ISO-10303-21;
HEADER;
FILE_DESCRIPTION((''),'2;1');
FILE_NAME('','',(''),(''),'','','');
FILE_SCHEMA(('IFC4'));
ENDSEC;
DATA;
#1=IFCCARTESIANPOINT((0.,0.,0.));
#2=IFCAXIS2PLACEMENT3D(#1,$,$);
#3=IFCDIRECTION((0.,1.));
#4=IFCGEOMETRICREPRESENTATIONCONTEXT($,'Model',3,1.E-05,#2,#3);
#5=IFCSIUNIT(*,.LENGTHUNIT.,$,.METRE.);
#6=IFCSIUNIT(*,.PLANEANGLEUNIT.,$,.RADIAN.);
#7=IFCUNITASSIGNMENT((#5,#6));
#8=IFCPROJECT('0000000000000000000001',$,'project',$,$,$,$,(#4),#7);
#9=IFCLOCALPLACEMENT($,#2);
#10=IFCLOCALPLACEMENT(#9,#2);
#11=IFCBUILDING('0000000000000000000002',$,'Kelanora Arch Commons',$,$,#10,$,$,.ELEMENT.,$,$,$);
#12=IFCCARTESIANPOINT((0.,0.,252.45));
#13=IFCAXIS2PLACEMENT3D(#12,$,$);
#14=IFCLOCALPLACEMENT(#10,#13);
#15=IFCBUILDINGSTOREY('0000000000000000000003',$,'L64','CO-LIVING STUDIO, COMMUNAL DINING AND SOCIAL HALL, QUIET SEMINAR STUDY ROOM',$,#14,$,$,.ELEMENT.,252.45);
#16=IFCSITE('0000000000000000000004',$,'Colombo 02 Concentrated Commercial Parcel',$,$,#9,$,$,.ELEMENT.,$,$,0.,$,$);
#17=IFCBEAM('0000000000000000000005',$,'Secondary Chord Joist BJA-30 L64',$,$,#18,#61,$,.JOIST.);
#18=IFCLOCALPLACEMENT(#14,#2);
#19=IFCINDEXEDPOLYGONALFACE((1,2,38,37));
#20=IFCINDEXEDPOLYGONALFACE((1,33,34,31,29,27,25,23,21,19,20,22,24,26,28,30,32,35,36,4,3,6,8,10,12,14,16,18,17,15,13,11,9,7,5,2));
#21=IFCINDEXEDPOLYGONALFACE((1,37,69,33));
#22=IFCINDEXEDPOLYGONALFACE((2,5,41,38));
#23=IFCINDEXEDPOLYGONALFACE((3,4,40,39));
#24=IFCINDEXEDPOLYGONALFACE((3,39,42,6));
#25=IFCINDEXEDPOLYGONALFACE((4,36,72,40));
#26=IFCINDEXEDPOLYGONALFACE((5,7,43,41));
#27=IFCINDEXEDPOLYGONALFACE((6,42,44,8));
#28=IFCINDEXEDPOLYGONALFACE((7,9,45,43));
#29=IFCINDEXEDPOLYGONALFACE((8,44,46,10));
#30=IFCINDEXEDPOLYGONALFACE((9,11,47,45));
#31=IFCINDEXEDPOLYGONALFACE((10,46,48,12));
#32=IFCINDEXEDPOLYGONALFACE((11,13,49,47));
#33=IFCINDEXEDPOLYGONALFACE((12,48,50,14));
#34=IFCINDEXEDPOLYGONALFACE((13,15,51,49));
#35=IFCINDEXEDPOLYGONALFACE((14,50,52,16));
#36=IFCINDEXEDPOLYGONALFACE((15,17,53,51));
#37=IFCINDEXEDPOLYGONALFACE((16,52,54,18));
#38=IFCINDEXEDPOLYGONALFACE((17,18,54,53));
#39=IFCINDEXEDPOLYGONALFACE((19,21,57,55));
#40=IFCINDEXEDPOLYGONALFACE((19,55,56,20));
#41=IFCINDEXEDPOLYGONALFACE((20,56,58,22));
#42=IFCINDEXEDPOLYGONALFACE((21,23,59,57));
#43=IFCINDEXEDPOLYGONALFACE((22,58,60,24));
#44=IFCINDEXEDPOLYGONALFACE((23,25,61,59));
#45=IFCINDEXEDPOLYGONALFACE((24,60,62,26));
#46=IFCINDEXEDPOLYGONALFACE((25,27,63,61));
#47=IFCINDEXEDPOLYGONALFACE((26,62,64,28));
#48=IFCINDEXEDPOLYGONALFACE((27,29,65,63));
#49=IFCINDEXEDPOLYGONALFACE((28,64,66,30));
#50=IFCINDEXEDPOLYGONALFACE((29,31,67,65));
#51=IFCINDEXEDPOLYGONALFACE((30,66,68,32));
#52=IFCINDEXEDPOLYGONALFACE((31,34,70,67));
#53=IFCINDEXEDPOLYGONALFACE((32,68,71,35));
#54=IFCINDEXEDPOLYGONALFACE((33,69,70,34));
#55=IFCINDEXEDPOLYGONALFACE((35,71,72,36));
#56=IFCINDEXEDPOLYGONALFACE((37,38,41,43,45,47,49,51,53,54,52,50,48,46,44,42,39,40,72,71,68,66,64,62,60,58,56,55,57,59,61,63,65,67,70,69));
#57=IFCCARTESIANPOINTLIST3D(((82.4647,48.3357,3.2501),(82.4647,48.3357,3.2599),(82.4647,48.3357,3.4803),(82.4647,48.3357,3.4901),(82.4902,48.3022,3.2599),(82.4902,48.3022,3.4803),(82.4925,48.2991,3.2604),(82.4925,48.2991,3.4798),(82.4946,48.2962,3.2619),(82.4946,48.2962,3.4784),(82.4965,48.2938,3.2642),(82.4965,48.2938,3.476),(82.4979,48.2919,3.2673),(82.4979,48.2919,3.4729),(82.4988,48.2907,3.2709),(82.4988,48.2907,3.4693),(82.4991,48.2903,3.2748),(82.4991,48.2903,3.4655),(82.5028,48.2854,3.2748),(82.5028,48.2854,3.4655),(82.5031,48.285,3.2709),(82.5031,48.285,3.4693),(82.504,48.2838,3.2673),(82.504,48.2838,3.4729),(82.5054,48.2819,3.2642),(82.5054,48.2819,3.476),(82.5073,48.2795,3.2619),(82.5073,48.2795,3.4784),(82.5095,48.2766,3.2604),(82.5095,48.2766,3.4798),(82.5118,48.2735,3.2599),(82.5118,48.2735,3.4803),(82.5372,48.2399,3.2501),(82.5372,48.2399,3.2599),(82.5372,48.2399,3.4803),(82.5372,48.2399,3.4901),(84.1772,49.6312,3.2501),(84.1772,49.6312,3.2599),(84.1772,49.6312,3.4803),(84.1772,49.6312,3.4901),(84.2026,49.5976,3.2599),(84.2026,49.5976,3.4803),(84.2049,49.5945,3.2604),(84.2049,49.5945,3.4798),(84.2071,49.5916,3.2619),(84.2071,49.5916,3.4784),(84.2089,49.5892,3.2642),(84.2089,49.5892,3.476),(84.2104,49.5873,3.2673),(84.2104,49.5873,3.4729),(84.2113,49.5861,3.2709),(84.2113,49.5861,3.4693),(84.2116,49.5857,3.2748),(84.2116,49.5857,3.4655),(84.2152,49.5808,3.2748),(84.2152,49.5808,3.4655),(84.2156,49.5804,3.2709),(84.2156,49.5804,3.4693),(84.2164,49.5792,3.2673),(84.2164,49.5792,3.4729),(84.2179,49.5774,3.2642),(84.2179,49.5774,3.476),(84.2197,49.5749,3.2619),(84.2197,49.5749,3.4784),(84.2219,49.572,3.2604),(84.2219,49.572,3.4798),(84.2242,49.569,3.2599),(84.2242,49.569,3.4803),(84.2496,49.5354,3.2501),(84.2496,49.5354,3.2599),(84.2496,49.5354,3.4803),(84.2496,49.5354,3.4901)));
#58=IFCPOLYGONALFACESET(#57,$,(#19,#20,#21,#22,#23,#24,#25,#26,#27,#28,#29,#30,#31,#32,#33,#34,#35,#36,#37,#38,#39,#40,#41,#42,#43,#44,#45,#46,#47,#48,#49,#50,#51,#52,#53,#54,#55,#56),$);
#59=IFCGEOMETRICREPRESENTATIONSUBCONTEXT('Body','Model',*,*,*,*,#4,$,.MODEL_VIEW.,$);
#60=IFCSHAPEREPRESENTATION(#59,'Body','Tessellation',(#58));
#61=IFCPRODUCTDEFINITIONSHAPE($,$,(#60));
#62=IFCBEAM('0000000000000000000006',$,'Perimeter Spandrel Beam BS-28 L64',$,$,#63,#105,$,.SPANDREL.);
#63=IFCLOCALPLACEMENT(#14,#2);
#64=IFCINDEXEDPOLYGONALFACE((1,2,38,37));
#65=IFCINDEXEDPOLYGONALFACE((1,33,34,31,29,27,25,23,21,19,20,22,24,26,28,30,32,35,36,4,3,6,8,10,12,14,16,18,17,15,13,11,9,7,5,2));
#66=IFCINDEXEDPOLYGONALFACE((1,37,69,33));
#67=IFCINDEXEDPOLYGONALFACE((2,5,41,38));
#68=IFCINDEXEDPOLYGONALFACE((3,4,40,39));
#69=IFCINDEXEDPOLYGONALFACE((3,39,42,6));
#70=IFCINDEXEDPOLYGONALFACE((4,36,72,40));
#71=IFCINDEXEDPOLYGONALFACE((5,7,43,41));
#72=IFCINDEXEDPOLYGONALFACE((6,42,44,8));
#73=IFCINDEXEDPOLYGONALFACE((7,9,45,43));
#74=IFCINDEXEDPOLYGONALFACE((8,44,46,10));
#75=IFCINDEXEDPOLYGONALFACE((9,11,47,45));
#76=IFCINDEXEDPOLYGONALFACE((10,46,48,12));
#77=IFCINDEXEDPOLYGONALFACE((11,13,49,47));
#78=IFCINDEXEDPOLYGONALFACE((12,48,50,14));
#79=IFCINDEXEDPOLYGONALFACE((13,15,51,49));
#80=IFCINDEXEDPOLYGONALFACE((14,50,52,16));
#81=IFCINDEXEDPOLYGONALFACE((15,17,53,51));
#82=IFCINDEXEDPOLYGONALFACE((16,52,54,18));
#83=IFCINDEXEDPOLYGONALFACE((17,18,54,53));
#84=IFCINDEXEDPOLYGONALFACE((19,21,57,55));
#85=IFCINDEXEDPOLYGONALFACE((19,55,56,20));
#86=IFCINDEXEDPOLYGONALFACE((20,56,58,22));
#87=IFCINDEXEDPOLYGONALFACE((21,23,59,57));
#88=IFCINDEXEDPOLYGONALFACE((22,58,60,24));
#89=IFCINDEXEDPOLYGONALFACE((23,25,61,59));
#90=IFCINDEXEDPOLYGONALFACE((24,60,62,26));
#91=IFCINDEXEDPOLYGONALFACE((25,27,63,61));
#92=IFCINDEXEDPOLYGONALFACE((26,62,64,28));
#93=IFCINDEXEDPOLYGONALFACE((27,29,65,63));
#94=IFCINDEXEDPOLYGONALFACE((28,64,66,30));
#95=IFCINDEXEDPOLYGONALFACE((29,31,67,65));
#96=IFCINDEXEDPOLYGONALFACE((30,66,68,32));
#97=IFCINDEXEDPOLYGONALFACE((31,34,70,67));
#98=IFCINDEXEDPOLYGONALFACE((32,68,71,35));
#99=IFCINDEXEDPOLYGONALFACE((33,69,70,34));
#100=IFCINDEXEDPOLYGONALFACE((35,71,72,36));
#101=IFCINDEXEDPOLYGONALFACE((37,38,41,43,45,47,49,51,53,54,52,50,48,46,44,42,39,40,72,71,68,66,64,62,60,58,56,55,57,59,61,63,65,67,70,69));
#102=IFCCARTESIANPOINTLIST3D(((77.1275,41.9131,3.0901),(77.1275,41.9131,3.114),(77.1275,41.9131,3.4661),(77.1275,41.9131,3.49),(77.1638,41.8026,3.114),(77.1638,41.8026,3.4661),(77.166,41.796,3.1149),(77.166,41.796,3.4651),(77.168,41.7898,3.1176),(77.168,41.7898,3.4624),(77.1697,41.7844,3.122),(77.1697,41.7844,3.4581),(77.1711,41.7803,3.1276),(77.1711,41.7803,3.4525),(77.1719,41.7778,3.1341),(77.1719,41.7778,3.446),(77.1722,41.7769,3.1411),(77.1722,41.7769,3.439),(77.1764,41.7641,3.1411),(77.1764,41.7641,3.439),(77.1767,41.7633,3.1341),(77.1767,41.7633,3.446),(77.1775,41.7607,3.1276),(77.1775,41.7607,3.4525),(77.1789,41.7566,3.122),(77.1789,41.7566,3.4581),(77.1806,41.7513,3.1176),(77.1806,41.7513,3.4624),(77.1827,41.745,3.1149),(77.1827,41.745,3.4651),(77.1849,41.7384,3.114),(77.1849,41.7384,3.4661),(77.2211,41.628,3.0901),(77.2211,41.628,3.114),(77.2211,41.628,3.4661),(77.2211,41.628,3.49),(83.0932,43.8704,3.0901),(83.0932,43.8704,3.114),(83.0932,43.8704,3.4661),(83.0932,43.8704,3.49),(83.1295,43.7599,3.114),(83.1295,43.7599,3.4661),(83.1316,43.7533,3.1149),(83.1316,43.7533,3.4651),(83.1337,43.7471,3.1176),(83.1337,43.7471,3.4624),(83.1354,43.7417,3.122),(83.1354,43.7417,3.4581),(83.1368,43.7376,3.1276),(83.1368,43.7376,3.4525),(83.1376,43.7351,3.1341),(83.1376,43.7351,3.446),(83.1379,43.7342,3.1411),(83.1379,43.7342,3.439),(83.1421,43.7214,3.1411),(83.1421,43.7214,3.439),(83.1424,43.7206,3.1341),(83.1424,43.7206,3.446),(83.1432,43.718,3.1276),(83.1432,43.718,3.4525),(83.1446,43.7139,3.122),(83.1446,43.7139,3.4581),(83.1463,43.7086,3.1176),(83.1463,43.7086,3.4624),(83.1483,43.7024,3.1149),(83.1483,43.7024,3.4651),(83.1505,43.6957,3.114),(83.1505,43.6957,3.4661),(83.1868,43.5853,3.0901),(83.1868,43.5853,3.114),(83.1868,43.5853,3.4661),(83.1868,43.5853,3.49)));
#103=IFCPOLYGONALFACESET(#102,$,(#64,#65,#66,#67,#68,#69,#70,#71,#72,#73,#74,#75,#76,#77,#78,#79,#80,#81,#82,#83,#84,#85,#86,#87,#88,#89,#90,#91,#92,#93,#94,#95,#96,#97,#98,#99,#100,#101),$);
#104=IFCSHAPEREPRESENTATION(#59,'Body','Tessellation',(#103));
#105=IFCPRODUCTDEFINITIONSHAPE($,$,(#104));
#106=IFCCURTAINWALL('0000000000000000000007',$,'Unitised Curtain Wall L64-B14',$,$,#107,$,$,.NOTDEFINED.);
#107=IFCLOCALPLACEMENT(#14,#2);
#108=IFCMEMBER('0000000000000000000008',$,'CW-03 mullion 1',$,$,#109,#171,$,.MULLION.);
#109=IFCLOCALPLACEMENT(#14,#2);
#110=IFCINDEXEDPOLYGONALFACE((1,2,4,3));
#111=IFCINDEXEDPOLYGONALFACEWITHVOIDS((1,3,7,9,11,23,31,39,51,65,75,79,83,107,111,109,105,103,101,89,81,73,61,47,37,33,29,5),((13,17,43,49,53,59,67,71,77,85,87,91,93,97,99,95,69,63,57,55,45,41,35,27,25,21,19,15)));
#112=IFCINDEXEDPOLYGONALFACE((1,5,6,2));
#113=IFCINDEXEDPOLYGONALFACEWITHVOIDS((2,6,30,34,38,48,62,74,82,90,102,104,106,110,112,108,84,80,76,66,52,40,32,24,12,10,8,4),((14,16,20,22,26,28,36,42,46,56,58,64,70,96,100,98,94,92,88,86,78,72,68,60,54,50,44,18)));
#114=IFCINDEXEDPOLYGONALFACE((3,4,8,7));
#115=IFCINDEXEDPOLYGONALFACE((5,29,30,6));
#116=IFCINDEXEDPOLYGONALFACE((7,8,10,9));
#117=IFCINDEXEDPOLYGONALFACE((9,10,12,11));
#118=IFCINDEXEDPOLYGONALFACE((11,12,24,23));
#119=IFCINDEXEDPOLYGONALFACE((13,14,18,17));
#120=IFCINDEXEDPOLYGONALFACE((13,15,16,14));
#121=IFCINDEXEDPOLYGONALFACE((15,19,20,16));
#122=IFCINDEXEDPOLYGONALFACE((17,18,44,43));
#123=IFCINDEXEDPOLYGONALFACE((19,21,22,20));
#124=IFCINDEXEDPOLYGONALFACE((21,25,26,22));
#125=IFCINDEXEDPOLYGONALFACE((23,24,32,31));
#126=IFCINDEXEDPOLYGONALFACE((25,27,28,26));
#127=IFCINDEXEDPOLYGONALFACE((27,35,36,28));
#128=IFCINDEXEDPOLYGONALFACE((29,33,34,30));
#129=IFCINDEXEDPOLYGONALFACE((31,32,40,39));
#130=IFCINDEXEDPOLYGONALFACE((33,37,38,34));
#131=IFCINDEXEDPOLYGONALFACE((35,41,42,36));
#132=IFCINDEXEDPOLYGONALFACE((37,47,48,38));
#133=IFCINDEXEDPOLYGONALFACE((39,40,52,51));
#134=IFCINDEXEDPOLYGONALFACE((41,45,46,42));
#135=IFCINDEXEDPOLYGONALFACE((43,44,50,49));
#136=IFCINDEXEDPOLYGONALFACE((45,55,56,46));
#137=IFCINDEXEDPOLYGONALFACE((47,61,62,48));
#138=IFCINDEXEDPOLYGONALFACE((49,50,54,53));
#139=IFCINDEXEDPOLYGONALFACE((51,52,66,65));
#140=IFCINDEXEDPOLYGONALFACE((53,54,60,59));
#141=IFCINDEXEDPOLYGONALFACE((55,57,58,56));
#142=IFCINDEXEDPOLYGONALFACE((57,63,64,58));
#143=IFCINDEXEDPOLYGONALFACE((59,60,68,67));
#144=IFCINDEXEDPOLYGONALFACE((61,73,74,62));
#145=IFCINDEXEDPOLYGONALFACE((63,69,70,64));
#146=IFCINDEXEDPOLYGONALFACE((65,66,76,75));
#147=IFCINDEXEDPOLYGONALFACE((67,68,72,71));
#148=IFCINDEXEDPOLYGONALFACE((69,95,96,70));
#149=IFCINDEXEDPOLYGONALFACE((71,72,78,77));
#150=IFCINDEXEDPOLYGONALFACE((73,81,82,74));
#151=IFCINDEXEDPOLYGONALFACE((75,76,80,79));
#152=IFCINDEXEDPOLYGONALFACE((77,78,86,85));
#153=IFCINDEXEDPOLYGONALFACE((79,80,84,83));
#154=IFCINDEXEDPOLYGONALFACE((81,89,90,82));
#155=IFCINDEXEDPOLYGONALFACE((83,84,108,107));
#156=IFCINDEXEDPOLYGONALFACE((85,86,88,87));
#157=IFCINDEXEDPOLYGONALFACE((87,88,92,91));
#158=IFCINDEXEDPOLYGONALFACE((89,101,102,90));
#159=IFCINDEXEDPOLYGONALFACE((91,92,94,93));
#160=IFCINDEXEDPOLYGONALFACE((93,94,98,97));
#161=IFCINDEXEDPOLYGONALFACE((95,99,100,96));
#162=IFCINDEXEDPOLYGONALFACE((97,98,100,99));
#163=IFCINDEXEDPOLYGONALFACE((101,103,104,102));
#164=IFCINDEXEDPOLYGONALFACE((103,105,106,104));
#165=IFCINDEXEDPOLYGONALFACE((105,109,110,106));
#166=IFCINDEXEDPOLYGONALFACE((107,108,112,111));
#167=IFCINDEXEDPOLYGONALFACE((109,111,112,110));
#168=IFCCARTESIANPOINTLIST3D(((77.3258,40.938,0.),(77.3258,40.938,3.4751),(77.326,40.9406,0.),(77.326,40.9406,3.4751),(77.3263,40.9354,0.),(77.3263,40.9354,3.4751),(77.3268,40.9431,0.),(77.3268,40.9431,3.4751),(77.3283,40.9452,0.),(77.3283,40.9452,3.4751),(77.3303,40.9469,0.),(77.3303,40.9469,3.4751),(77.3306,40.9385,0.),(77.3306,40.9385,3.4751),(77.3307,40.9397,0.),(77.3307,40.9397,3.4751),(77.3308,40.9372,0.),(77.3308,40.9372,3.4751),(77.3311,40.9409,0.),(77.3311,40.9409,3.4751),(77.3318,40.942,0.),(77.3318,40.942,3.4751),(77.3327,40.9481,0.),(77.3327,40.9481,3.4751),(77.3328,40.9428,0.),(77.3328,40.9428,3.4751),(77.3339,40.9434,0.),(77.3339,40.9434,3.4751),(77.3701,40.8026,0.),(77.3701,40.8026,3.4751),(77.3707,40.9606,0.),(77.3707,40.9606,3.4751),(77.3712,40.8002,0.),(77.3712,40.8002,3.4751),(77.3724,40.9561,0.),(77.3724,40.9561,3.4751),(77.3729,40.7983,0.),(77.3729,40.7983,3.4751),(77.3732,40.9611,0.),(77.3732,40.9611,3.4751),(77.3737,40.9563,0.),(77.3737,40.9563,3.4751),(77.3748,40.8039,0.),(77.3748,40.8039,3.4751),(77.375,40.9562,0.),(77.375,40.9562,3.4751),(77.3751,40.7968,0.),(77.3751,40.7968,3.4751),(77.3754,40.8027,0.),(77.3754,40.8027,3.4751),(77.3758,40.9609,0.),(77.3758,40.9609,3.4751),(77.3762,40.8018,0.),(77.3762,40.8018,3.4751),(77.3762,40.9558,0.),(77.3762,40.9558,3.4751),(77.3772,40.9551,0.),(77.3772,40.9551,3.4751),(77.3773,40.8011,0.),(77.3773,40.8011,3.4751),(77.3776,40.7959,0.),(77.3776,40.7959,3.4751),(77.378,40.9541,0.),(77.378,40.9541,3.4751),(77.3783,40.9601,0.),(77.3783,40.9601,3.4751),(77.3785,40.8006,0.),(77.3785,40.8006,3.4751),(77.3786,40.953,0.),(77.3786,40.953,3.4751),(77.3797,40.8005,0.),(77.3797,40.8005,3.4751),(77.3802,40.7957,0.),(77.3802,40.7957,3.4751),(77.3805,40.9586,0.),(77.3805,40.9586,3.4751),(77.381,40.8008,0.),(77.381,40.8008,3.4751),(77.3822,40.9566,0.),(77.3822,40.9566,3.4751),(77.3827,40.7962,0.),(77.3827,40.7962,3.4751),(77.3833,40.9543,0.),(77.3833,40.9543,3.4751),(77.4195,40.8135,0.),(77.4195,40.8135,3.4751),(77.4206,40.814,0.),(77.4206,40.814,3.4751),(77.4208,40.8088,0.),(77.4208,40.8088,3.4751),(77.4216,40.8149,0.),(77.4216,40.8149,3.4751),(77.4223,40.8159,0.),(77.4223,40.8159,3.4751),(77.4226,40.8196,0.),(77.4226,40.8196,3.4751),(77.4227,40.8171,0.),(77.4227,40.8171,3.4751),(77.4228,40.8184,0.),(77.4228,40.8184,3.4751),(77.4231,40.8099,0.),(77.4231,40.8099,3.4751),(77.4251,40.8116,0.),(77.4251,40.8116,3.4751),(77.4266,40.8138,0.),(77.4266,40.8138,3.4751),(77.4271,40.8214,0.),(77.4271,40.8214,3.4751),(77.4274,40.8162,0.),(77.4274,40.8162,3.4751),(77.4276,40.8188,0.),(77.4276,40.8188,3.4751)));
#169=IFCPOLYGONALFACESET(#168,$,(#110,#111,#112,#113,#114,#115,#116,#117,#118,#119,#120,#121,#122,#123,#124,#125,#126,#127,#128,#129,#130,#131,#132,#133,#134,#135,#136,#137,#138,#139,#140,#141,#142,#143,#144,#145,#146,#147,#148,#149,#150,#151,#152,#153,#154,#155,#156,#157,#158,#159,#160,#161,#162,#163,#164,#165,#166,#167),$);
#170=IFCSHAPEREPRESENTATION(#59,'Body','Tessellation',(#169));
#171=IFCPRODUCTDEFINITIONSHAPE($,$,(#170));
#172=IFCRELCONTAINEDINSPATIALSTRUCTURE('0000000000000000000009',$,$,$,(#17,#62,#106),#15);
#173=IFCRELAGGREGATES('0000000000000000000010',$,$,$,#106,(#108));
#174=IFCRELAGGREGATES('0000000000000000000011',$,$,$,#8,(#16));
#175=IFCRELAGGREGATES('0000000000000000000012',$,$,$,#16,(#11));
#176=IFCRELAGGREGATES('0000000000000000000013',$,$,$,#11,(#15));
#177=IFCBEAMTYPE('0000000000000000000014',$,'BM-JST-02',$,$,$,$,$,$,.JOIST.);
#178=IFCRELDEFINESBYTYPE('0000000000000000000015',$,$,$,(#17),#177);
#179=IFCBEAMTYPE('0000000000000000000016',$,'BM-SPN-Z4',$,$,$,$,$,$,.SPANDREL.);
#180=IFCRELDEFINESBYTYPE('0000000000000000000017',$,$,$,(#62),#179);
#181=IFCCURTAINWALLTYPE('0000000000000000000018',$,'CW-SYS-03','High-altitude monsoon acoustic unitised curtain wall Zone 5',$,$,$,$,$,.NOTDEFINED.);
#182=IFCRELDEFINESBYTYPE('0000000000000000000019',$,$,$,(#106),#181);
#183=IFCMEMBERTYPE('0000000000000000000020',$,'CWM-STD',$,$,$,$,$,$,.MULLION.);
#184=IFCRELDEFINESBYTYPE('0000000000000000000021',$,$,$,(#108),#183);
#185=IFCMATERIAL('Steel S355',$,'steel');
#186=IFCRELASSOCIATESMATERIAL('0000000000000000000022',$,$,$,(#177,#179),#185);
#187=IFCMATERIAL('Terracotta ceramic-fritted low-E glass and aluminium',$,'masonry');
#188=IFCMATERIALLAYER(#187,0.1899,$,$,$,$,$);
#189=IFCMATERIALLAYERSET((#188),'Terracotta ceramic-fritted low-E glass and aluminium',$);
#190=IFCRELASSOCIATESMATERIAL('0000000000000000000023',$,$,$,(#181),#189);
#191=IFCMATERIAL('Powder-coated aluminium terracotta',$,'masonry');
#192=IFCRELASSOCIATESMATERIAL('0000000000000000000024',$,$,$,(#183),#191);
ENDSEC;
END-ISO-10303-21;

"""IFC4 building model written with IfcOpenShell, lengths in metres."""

from ifc_helpers import new_model, si_unit, direction, frame, origin, origin_2d, place, context, subcontext, project, spatial, hollow_rectangle, i_section, extrude, material, layer, layer_set, material_profile, profile_set, type_object, element, aggregate, save


model = new_model("IFC4")

# Units and contexts
model_context = context("Model", 3, precision=1e-05, world=origin(), true_north=direction((0.0, 1.0)))
body_context = subcontext(model_context, "Body", "Model", "MODEL_VIEW")
ifc_project = project(units=[si_unit("LENGTHUNIT", "METRE"), si_unit("PLANEANGLEUNIT", "RADIAN")], contexts=[model_context])

# Site, building, storey
site_placement = place(None, origin())
site = spatial("IfcSite", under=ifc_project, at=site_placement, Name="Colombo 02 Concentrated Commercial Parcel", CompositionType="ELEMENT", RefElevation=0.0)
building_placement = place(site_placement, origin())
building = spatial("IfcBuilding", under=site, at=building_placement, Name="Kelanora Arch Commons", CompositionType="ELEMENT")
storey_placement = place(building_placement, frame((0.0, 0.0, 252.45)))
storey = spatial("IfcBuildingStorey", under=building, at=storey_placement, Name="L64", Description="CO-LIVING STUDIO, COMMUNAL DINING AND SOCIAL HALL, QUIET SEMINAR STUDY ROOM", CompositionType="ELEMENT", Elevation=252.45)

# Beams
ifc_material_1 = material(Name="Steel S355", Category="steel")
ifc_material_profile_1 = material_profile(ifc_material_1, i_section(OverallWidth=0.1201, OverallDepth=0.24, WebThickness=0.0061, FlangeThickness=0.0098, FilletRadius=0.0149, at=origin_2d()), Name="IPE240")
ifc_profile_set_1 = profile_set([ifc_material_profile_1], Name="Steel S355")
beam_type_1 = type_object("IfcBeamType", Name="BM-JST-02", PredefinedType="JOIST", material=ifc_profile_set_1)
beam_1_placement = place(storey_placement, frame((82.501, 48.2878, 3.3701), z_axis=(0.79751, 0.603306, 0.0), x_axis=(-0.603306, 0.79751, 0.0)))
element("IfcBeam", 1, at=beam_1_placement, inside=storey, type_object=beam_type_1, Name="Secondary Chord Joist BJA-30 L64", PredefinedType="JOIST", context=body_context, shape_type="SweptSolid", body=[
    extrude(i_section(OverallWidth=0.1201, OverallDepth=0.24, WebThickness=0.0061, FlangeThickness=0.0098, FilletRadius=0.0149, at=origin_2d()), origin(), (0.0, 0.0, 1.0), 2.1472),
])
ifc_material_profile_2 = material_profile(ifc_material_1, i_section(OverallWidth=0.3, OverallDepth=0.3999, WebThickness=0.0134, FlangeThickness=0.0239, FilletRadius=0.0271, at=origin_2d()), Name="HEB400")
ifc_profile_set_2 = profile_set([ifc_material_profile_2], Name="Steel S355")
beam_type_2 = type_object("IfcBeamType", Name="BM-SPN-Z4", PredefinedType="SPANDREL", material=ifc_profile_set_2)
beam_2_placement = place(storey_placement, frame((77.1743, 41.7705, 3.29), z_axis=(0.950166, 0.311745, 0.0), x_axis=(-0.311745, 0.950166, 0.0)))
element("IfcBeam", 2, at=beam_2_placement, inside=storey, type_object=beam_type_2, Name="Perimeter Spandrel Beam BS-28 L64", PredefinedType="SPANDREL", context=body_context, shape_type="SweptSolid", body=[
    extrude(i_section(OverallWidth=0.3, OverallDepth=0.3999, WebThickness=0.0134, FlangeThickness=0.0239, FilletRadius=0.0271, at=origin_2d()), origin(), (0.0, 0.0, 1.0), 6.2786),
])

# Curtain wall, member
ifc_material_2 = material(Name="Terracotta ceramic-fritted low-E glass and aluminium", Category="masonry")
ifc_layer_1 = layer(ifc_material_2, 0.1899)
ifc_layer_set_1 = layer_set([ifc_layer_1], Name="Terracotta ceramic-fritted low-E glass and aluminium")
curtain_wall_type = type_object("IfcCurtainWallType", Name="CW-SYS-03", Description="High-altitude monsoon acoustic unitised curtain wall Zone 5", PredefinedType="NOTDEFINED", material=ifc_layer_set_1)
curtain_wall_placement = place(storey_placement, origin())
curtain_wall = element("IfcCurtainWall", 3, at=curtain_wall_placement, inside=storey, type_object=curtain_wall_type, Name="Unitised Curtain Wall L64-B14", PredefinedType="NOTDEFINED")
ifc_material_3 = material(Name="Powder-coated aluminium terracotta", Category="masonry")
ifc_material_profile_3 = material_profile(ifc_material_3, hollow_rectangle(XDim=0.1599, YDim=0.0601, WallThickness=0.0049, InnerFilletRadius=0.0049, OuterFilletRadius=0.01, at=origin_2d()), Name="CWM160x60")
ifc_profile_set_3 = profile_set([ifc_material_profile_3], Name="Powder-coated aluminium terracotta")
member_type_1 = type_object("IfcMemberType", Name="CWM-STD", PredefinedType="MULLION", material=ifc_profile_set_3)
member_1_placement = place(storey_placement, frame((77.3767, 40.8784, 0.0), z_axis=(0.0, 0.0, 1.0), x_axis=(-0.313253, 0.94967, 0.0)))
member_1 = element("IfcMember", 4, at=member_1_placement, type_object=member_type_1, Name="CW-03 mullion 1", PredefinedType="MULLION", context=body_context, shape_type="SweptSolid", body=[
    extrude(hollow_rectangle(XDim=0.1599, YDim=0.0601, WallThickness=0.0049, InnerFilletRadius=0.0049, OuterFilletRadius=0.01, at=origin_2d()), origin(), (0.0, 0.0, 1.0), 3.4751),
])
aggregate(curtain_wall, [member_1])

save(model, "model.ifc")
